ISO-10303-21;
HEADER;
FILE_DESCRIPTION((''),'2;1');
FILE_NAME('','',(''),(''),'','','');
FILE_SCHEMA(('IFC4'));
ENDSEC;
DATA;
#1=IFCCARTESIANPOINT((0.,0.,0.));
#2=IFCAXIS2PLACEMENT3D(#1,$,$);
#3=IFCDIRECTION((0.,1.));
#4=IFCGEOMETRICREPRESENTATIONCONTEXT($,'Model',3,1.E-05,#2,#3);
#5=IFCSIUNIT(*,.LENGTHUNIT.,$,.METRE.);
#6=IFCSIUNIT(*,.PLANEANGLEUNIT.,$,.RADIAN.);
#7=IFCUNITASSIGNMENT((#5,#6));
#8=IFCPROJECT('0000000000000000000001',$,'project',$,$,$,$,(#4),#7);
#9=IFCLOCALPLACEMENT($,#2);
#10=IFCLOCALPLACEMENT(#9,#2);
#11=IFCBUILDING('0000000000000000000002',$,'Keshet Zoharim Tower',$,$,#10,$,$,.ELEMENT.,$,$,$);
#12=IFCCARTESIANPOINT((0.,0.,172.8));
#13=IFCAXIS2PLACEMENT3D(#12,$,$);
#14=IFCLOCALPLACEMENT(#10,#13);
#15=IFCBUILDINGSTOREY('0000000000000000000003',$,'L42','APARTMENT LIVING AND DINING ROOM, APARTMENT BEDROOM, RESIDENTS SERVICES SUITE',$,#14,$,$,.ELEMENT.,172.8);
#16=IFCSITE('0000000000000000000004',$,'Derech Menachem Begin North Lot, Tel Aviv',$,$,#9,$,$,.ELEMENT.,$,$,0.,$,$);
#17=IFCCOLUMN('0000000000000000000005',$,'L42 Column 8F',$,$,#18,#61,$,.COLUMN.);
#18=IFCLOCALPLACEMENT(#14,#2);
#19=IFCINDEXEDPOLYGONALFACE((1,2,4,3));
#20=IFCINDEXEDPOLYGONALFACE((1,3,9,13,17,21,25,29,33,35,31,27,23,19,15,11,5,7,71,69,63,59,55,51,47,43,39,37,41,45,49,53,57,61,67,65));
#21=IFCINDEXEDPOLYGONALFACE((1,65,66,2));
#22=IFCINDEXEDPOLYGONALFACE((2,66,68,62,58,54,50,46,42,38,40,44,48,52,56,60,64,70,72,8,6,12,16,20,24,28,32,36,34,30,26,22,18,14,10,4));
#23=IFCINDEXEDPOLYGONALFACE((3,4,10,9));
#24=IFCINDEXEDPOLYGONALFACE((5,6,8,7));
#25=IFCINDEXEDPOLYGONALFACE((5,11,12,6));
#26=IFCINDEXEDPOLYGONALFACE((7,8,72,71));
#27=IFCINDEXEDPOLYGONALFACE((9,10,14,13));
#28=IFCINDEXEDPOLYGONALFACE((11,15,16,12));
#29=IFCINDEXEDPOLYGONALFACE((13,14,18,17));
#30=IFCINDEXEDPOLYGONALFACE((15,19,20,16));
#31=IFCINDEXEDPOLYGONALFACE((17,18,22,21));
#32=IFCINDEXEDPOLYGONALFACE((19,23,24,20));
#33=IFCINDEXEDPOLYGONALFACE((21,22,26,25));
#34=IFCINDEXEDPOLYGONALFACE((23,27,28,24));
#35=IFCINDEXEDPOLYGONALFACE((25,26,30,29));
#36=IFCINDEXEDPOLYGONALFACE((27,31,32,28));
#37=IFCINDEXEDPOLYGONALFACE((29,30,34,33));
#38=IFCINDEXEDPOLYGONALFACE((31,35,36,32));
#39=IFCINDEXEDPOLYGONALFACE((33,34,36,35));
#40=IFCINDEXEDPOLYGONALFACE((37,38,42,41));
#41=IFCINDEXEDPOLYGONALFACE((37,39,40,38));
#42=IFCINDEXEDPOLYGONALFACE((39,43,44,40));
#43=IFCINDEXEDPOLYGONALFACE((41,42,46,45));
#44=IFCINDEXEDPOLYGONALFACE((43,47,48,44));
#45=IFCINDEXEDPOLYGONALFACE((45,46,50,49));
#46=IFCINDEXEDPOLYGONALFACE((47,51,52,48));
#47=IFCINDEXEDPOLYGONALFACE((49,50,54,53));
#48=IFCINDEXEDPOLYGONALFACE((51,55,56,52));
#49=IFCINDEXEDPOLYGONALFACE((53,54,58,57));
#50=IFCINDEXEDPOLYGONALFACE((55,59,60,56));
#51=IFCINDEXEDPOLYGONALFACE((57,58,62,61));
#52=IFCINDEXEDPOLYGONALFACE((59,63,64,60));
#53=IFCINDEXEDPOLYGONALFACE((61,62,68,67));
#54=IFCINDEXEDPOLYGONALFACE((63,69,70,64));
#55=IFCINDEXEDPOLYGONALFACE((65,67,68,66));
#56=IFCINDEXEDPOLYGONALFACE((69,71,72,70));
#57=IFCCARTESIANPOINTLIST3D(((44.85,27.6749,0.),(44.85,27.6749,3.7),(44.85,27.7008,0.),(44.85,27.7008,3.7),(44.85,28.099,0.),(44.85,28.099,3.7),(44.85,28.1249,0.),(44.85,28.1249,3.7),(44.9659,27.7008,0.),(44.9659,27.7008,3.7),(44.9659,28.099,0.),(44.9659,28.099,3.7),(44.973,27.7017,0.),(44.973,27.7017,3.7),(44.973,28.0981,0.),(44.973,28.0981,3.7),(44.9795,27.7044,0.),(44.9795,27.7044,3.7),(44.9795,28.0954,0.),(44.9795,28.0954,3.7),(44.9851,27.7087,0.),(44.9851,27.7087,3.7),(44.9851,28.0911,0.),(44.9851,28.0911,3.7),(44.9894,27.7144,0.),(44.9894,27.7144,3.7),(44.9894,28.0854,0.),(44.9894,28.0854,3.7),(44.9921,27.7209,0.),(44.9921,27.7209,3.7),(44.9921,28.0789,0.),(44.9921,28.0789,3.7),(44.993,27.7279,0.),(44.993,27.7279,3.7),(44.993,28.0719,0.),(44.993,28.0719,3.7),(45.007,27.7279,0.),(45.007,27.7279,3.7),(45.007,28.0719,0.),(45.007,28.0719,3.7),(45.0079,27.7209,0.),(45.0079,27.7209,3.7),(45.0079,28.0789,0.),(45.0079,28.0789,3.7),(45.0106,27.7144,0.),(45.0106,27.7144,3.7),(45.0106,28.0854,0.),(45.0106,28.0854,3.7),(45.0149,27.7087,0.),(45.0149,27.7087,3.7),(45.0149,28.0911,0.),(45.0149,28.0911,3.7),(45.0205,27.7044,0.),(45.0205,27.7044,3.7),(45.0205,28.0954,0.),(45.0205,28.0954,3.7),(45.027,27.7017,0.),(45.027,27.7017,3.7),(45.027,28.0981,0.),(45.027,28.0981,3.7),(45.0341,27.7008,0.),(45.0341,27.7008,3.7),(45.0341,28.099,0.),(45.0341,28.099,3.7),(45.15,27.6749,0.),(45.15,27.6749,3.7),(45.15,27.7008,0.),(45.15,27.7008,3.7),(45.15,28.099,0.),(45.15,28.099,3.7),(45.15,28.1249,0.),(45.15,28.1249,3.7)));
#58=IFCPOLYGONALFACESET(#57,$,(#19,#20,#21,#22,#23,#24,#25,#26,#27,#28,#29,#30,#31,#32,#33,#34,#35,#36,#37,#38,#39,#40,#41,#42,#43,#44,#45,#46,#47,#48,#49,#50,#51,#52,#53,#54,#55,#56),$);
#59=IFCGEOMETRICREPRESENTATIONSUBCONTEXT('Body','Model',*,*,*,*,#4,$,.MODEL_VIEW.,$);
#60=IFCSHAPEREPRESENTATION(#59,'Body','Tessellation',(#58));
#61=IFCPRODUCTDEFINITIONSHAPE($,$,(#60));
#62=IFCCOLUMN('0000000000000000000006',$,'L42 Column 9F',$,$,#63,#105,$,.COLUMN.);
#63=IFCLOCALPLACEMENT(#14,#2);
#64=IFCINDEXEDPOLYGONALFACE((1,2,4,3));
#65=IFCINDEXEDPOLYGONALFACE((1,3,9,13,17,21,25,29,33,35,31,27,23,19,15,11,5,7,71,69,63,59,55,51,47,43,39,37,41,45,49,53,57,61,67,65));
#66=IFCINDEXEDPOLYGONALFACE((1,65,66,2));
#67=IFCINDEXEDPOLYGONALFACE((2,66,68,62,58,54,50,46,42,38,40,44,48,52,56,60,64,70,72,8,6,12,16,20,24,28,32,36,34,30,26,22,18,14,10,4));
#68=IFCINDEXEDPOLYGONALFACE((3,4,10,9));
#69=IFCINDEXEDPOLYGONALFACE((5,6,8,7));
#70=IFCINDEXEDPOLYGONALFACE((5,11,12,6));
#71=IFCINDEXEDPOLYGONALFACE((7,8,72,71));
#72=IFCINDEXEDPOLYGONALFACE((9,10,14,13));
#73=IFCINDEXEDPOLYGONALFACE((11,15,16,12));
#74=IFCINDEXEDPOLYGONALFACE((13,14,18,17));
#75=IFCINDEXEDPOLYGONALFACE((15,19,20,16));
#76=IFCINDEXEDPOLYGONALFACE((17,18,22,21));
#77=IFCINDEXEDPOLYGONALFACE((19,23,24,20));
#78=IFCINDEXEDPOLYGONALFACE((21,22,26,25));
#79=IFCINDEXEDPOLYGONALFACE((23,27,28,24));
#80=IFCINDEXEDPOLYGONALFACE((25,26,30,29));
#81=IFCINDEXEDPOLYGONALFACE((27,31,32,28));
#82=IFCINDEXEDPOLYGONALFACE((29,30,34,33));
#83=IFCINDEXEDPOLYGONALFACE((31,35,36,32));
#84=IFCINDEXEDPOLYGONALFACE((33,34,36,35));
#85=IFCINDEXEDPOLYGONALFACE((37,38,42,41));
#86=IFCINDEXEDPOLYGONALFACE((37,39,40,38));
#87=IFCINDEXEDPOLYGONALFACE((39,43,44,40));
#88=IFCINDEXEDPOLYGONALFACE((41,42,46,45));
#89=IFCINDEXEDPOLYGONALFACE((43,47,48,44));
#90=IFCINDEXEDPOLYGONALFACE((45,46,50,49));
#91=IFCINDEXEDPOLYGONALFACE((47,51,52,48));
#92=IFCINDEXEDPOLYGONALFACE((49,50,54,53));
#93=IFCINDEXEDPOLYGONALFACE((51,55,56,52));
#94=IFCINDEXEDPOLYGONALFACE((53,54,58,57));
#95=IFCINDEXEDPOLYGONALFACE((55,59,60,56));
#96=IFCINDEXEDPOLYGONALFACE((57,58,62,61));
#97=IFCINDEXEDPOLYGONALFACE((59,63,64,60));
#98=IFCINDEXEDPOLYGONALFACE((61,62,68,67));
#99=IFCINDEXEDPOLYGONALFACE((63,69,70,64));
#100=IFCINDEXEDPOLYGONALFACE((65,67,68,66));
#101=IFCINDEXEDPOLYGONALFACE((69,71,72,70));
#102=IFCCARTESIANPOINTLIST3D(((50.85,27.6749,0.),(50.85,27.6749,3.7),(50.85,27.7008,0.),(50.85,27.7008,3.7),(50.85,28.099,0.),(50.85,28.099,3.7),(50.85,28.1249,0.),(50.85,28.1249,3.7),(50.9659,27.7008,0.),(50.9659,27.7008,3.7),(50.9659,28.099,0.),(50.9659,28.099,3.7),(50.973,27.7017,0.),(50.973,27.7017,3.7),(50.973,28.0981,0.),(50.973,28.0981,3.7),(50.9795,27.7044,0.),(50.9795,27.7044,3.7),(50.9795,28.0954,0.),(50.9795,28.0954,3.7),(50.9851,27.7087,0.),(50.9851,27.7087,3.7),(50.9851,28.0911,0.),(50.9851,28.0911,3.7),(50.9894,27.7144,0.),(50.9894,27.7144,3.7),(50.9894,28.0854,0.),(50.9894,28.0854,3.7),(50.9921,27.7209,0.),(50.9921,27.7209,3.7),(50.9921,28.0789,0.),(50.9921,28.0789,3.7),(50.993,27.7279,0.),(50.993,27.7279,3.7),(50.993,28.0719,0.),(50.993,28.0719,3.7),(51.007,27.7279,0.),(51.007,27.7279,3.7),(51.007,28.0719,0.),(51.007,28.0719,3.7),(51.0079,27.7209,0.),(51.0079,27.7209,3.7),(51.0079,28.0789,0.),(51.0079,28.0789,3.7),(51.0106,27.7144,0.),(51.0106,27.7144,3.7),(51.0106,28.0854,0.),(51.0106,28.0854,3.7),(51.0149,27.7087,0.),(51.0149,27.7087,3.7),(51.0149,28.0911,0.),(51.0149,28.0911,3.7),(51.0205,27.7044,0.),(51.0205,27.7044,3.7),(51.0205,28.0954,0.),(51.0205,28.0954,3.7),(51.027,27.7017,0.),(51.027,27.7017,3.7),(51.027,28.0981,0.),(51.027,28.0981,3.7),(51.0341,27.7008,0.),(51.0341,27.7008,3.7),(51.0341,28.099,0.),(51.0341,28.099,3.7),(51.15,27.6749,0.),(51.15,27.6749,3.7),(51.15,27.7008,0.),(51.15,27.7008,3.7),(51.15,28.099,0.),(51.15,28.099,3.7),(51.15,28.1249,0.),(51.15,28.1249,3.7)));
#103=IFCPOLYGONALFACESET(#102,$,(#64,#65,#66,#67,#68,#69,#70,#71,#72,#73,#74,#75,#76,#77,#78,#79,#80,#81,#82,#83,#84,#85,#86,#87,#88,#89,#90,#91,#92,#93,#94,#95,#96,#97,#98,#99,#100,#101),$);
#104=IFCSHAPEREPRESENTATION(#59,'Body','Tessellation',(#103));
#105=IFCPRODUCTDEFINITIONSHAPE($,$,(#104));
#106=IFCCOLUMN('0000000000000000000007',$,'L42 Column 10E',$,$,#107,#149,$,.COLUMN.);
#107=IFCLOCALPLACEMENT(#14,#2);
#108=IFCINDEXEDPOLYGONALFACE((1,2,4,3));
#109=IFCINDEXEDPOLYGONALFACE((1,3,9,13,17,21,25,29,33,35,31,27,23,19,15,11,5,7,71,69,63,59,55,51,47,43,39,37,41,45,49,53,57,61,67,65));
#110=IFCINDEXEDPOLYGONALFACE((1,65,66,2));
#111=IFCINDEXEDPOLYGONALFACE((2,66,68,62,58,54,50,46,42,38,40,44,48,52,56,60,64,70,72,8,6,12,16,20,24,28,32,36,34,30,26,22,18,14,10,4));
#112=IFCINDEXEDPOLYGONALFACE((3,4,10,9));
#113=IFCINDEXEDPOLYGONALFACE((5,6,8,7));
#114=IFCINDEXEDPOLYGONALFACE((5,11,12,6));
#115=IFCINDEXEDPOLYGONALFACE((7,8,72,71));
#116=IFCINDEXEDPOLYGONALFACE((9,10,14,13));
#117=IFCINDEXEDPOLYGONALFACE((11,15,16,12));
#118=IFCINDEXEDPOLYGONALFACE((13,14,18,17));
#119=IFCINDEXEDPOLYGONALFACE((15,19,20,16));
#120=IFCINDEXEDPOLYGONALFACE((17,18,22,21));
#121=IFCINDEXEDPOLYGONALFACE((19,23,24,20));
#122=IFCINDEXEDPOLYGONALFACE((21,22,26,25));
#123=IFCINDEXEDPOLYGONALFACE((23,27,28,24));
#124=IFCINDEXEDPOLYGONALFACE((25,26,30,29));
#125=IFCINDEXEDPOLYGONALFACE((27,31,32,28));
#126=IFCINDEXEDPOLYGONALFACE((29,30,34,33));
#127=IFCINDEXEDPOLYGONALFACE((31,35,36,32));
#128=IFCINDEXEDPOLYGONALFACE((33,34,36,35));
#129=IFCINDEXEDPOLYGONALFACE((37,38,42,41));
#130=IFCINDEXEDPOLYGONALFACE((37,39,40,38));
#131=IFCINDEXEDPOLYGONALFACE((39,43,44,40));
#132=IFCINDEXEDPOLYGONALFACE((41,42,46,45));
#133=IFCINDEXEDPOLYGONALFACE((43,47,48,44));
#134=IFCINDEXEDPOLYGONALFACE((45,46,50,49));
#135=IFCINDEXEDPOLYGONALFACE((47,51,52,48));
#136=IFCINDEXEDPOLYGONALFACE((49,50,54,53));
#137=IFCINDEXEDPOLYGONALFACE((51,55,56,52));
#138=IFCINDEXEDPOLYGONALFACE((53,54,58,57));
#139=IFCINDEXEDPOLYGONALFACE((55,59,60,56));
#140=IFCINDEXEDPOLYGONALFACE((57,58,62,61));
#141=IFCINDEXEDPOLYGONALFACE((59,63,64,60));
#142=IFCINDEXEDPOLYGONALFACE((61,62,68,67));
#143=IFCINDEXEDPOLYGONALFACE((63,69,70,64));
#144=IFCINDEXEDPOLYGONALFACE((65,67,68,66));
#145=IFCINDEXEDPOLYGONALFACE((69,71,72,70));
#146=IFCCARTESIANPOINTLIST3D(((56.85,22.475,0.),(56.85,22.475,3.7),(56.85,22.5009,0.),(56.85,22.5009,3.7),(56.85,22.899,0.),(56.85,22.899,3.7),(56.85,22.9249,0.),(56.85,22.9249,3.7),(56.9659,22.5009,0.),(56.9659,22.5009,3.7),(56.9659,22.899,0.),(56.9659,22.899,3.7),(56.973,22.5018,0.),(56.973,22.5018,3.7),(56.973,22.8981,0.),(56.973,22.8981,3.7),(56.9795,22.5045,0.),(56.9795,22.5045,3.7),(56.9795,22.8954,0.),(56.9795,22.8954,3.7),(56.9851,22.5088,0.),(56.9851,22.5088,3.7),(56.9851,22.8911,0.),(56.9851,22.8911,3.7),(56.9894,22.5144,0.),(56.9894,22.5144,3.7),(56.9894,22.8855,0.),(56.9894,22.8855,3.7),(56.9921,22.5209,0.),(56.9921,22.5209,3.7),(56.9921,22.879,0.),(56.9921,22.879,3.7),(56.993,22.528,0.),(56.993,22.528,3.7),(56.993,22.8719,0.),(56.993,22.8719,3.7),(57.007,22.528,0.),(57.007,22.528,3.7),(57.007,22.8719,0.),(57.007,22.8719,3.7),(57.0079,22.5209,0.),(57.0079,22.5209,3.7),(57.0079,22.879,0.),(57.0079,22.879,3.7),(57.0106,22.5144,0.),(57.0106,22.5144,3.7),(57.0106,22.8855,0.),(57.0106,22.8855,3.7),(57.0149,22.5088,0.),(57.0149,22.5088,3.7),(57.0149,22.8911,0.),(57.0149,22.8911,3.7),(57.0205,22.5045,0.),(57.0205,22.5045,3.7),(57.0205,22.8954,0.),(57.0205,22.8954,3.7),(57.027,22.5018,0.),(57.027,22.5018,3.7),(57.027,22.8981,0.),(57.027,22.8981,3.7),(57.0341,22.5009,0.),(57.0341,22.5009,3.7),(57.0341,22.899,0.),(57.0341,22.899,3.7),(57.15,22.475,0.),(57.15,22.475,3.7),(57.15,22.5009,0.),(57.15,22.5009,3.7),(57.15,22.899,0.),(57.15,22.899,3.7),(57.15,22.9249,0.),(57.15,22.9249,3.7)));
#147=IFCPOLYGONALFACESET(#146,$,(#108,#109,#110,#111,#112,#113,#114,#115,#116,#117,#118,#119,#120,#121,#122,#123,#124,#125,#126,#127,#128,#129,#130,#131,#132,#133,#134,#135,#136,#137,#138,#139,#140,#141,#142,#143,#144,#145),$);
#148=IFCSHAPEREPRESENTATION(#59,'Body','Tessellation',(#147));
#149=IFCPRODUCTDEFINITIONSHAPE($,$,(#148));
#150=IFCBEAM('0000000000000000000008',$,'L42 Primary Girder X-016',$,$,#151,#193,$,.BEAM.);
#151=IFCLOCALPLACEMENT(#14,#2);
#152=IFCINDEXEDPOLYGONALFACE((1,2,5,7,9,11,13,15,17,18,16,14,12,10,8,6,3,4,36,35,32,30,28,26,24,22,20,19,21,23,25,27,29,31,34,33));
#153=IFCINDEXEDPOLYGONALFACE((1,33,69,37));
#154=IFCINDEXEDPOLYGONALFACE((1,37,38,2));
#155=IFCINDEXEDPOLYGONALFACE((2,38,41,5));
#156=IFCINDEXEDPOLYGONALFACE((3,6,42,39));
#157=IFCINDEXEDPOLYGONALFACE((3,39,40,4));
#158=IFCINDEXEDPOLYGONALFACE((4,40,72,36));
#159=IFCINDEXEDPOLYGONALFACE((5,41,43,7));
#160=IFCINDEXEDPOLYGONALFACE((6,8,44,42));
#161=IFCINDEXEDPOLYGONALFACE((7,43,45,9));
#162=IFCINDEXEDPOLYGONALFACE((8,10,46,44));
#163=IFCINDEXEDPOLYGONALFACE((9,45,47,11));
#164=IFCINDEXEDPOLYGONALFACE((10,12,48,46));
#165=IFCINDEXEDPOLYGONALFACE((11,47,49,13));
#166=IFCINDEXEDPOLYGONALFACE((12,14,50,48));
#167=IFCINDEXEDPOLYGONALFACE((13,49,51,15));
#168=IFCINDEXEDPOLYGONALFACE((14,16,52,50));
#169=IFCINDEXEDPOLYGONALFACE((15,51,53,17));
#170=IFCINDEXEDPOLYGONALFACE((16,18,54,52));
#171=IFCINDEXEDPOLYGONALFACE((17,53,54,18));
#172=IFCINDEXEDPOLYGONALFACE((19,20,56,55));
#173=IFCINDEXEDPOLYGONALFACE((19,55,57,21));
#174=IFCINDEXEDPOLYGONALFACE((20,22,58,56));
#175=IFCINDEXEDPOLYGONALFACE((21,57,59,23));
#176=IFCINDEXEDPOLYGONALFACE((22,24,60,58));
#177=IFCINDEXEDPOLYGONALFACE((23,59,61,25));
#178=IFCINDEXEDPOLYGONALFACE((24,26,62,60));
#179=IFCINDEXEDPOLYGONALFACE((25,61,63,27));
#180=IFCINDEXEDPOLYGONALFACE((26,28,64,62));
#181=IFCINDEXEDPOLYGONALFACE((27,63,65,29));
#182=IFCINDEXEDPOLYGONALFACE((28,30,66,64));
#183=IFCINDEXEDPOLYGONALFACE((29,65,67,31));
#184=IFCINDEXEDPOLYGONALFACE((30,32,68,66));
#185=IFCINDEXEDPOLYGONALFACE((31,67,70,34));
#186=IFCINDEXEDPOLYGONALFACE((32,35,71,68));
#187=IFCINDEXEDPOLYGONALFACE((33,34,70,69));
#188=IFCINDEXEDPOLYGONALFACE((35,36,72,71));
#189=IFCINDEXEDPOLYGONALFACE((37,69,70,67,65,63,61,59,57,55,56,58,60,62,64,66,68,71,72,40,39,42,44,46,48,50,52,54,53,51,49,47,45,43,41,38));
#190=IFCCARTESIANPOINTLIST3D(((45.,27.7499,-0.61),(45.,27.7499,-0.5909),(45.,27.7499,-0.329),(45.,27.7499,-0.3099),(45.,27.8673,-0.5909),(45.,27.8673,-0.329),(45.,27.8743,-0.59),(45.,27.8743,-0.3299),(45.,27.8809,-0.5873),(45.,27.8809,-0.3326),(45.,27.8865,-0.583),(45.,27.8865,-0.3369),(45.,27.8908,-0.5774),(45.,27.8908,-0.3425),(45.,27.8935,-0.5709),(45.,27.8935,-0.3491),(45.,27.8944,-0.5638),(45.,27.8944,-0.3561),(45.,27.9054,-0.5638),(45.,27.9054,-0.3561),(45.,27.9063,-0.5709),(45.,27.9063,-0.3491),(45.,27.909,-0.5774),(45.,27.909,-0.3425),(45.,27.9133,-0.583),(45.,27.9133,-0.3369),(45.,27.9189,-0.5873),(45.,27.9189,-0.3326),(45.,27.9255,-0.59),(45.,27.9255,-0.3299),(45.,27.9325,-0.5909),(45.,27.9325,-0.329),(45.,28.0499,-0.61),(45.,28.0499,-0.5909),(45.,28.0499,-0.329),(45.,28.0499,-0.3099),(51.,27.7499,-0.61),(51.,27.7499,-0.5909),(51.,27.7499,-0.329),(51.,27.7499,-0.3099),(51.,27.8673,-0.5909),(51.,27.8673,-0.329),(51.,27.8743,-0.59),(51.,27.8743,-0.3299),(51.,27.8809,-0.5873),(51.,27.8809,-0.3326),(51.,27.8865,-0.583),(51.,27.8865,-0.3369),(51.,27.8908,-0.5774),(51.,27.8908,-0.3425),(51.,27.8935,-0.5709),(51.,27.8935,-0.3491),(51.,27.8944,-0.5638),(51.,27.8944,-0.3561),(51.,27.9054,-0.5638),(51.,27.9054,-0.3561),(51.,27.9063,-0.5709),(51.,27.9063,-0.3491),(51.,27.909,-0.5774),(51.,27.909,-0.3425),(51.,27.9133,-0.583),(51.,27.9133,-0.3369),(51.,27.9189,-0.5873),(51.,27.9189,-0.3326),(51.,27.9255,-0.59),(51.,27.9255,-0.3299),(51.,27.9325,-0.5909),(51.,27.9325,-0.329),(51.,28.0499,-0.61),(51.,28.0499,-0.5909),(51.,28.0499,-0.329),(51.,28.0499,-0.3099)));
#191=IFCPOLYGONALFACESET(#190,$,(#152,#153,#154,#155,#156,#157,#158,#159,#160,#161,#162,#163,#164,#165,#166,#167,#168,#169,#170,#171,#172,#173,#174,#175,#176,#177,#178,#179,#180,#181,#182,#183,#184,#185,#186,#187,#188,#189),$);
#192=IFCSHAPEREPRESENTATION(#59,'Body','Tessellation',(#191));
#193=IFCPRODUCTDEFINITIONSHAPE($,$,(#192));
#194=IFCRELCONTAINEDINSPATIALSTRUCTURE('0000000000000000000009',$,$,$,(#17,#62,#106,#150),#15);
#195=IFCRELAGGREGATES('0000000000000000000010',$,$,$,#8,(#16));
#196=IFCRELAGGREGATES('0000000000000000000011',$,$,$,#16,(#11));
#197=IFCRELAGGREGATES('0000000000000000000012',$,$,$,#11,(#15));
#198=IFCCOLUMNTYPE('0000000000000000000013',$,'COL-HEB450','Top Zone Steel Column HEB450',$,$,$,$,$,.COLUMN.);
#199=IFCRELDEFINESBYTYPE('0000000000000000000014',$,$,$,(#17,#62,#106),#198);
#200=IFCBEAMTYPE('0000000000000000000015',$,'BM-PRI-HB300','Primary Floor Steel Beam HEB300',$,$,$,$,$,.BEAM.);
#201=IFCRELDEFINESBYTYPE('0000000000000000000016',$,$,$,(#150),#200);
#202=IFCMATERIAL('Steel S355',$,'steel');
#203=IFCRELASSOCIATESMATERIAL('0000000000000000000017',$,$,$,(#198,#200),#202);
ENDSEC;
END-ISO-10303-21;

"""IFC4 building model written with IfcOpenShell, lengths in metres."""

from ifc_helpers import new_model, si_unit, direction, frame, origin, origin_2d, place, context, subcontext, project, spatial, i_section, extrude, material, material_profile, profile_set, type_object, element, save


model = new_model("IFC4")

# Units and contexts
model_context = context("Model", 3, precision=1e-05, world=origin(), true_north=direction((0.0, 1.0)))
body_context = subcontext(model_context, "Body", "Model", "MODEL_VIEW")
ifc_project = project(units=[si_unit("LENGTHUNIT", "METRE"), si_unit("PLANEANGLEUNIT", "RADIAN")], contexts=[model_context])

# Site, building, storey
site_placement = place(None, origin())
site = spatial("IfcSite", under=ifc_project, at=site_placement, Name="Derech Menachem Begin North Lot, Tel Aviv", CompositionType="ELEMENT", RefElevation=0.0)
building_placement = place(site_placement, origin())
building = spatial("IfcBuilding", under=site, at=building_placement, Name="Keshet Zoharim Tower", CompositionType="ELEMENT")
storey_placement = place(building_placement, frame((0.0, 0.0, 172.8)))
storey = spatial("IfcBuildingStorey", under=building, at=storey_placement, Name="L42", Description="APARTMENT LIVING AND DINING ROOM, APARTMENT BEDROOM, RESIDENTS SERVICES SUITE", CompositionType="ELEMENT", Elevation=172.8)

# Columns
ifc_material_1 = material(Name="Steel S355", Category="steel")
ifc_material_profile_1 = material_profile(ifc_material_1, i_section(OverallWidth=0.3, OverallDepth=0.45, WebThickness=0.0139, FlangeThickness=0.0259, FilletRadius=0.0271, at=origin_2d()), Name="HEB450")
ifc_profile_set_1 = profile_set([ifc_material_profile_1], Name="Steel S355")
column_type = type_object("IfcColumnType", Name="COL-HEB450", Description="Top Zone Steel Column HEB450", PredefinedType="COLUMN", material=ifc_profile_set_1)
for number, where, z_axis, x_axis, name in (
    (1, (45.0, 27.8999, 0.0), (0.0, 0.0, 1.0), (1.0, 0.0, 0.0), "L42 Column 8F"),
    (2, (51.0, 27.8999, 0.0), (0.0, 0.0, 1.0), (1.0, 0.0, 0.0), "L42 Column 9F"),
    (3, (57.0, 22.7, 0.0), (0.0, 0.0, 1.0), (1.0, 0.0, 0.0), "L42 Column 10E"),
):
    element("IfcColumn", number, at=place(storey_placement, frame(where, z_axis=z_axis, x_axis=x_axis)), inside=storey, type_object=column_type, Name=name, PredefinedType="COLUMN", context=body_context, shape_type="SweptSolid", body=[
        extrude(i_section(OverallWidth=0.3, OverallDepth=0.45, WebThickness=0.0139, FlangeThickness=0.0259, FilletRadius=0.0271, at=origin_2d()), origin(), (0.0, 0.0, 1.0), 3.7),
    ])

# Beam
ifc_material_profile_2 = material_profile(ifc_material_1, i_section(OverallWidth=0.3, OverallDepth=0.3, WebThickness=0.011, FlangeThickness=0.019, FilletRadius=0.0271, at=origin_2d()), Name="HEB300")
ifc_profile_set_2 = profile_set([ifc_material_profile_2], Name="Steel S355")
beam_type = type_object("IfcBeamType", Name="BM-PRI-HB300", Description="Primary Floor Steel Beam HEB300", PredefinedType="BEAM", material=ifc_profile_set_2)
beam_placement = place(storey_placement, frame((45.0, 27.8999, -0.46), z_axis=(1.0, 0.0, 0.0), x_axis=(0.0, 1.0, 0.0)))
element("IfcBeam", 4, at=beam_placement, inside=storey, type_object=beam_type, Name="L42 Primary Girder X-016", PredefinedType="BEAM", context=body_context, shape_type="SweptSolid", body=[
    extrude(i_section(OverallWidth=0.3, OverallDepth=0.3, WebThickness=0.011, FlangeThickness=0.019, FilletRadius=0.0271, at=origin_2d()), origin(), (0.0, 0.0, 1.0), 6.0),
])

save(model, "model.ifc")
